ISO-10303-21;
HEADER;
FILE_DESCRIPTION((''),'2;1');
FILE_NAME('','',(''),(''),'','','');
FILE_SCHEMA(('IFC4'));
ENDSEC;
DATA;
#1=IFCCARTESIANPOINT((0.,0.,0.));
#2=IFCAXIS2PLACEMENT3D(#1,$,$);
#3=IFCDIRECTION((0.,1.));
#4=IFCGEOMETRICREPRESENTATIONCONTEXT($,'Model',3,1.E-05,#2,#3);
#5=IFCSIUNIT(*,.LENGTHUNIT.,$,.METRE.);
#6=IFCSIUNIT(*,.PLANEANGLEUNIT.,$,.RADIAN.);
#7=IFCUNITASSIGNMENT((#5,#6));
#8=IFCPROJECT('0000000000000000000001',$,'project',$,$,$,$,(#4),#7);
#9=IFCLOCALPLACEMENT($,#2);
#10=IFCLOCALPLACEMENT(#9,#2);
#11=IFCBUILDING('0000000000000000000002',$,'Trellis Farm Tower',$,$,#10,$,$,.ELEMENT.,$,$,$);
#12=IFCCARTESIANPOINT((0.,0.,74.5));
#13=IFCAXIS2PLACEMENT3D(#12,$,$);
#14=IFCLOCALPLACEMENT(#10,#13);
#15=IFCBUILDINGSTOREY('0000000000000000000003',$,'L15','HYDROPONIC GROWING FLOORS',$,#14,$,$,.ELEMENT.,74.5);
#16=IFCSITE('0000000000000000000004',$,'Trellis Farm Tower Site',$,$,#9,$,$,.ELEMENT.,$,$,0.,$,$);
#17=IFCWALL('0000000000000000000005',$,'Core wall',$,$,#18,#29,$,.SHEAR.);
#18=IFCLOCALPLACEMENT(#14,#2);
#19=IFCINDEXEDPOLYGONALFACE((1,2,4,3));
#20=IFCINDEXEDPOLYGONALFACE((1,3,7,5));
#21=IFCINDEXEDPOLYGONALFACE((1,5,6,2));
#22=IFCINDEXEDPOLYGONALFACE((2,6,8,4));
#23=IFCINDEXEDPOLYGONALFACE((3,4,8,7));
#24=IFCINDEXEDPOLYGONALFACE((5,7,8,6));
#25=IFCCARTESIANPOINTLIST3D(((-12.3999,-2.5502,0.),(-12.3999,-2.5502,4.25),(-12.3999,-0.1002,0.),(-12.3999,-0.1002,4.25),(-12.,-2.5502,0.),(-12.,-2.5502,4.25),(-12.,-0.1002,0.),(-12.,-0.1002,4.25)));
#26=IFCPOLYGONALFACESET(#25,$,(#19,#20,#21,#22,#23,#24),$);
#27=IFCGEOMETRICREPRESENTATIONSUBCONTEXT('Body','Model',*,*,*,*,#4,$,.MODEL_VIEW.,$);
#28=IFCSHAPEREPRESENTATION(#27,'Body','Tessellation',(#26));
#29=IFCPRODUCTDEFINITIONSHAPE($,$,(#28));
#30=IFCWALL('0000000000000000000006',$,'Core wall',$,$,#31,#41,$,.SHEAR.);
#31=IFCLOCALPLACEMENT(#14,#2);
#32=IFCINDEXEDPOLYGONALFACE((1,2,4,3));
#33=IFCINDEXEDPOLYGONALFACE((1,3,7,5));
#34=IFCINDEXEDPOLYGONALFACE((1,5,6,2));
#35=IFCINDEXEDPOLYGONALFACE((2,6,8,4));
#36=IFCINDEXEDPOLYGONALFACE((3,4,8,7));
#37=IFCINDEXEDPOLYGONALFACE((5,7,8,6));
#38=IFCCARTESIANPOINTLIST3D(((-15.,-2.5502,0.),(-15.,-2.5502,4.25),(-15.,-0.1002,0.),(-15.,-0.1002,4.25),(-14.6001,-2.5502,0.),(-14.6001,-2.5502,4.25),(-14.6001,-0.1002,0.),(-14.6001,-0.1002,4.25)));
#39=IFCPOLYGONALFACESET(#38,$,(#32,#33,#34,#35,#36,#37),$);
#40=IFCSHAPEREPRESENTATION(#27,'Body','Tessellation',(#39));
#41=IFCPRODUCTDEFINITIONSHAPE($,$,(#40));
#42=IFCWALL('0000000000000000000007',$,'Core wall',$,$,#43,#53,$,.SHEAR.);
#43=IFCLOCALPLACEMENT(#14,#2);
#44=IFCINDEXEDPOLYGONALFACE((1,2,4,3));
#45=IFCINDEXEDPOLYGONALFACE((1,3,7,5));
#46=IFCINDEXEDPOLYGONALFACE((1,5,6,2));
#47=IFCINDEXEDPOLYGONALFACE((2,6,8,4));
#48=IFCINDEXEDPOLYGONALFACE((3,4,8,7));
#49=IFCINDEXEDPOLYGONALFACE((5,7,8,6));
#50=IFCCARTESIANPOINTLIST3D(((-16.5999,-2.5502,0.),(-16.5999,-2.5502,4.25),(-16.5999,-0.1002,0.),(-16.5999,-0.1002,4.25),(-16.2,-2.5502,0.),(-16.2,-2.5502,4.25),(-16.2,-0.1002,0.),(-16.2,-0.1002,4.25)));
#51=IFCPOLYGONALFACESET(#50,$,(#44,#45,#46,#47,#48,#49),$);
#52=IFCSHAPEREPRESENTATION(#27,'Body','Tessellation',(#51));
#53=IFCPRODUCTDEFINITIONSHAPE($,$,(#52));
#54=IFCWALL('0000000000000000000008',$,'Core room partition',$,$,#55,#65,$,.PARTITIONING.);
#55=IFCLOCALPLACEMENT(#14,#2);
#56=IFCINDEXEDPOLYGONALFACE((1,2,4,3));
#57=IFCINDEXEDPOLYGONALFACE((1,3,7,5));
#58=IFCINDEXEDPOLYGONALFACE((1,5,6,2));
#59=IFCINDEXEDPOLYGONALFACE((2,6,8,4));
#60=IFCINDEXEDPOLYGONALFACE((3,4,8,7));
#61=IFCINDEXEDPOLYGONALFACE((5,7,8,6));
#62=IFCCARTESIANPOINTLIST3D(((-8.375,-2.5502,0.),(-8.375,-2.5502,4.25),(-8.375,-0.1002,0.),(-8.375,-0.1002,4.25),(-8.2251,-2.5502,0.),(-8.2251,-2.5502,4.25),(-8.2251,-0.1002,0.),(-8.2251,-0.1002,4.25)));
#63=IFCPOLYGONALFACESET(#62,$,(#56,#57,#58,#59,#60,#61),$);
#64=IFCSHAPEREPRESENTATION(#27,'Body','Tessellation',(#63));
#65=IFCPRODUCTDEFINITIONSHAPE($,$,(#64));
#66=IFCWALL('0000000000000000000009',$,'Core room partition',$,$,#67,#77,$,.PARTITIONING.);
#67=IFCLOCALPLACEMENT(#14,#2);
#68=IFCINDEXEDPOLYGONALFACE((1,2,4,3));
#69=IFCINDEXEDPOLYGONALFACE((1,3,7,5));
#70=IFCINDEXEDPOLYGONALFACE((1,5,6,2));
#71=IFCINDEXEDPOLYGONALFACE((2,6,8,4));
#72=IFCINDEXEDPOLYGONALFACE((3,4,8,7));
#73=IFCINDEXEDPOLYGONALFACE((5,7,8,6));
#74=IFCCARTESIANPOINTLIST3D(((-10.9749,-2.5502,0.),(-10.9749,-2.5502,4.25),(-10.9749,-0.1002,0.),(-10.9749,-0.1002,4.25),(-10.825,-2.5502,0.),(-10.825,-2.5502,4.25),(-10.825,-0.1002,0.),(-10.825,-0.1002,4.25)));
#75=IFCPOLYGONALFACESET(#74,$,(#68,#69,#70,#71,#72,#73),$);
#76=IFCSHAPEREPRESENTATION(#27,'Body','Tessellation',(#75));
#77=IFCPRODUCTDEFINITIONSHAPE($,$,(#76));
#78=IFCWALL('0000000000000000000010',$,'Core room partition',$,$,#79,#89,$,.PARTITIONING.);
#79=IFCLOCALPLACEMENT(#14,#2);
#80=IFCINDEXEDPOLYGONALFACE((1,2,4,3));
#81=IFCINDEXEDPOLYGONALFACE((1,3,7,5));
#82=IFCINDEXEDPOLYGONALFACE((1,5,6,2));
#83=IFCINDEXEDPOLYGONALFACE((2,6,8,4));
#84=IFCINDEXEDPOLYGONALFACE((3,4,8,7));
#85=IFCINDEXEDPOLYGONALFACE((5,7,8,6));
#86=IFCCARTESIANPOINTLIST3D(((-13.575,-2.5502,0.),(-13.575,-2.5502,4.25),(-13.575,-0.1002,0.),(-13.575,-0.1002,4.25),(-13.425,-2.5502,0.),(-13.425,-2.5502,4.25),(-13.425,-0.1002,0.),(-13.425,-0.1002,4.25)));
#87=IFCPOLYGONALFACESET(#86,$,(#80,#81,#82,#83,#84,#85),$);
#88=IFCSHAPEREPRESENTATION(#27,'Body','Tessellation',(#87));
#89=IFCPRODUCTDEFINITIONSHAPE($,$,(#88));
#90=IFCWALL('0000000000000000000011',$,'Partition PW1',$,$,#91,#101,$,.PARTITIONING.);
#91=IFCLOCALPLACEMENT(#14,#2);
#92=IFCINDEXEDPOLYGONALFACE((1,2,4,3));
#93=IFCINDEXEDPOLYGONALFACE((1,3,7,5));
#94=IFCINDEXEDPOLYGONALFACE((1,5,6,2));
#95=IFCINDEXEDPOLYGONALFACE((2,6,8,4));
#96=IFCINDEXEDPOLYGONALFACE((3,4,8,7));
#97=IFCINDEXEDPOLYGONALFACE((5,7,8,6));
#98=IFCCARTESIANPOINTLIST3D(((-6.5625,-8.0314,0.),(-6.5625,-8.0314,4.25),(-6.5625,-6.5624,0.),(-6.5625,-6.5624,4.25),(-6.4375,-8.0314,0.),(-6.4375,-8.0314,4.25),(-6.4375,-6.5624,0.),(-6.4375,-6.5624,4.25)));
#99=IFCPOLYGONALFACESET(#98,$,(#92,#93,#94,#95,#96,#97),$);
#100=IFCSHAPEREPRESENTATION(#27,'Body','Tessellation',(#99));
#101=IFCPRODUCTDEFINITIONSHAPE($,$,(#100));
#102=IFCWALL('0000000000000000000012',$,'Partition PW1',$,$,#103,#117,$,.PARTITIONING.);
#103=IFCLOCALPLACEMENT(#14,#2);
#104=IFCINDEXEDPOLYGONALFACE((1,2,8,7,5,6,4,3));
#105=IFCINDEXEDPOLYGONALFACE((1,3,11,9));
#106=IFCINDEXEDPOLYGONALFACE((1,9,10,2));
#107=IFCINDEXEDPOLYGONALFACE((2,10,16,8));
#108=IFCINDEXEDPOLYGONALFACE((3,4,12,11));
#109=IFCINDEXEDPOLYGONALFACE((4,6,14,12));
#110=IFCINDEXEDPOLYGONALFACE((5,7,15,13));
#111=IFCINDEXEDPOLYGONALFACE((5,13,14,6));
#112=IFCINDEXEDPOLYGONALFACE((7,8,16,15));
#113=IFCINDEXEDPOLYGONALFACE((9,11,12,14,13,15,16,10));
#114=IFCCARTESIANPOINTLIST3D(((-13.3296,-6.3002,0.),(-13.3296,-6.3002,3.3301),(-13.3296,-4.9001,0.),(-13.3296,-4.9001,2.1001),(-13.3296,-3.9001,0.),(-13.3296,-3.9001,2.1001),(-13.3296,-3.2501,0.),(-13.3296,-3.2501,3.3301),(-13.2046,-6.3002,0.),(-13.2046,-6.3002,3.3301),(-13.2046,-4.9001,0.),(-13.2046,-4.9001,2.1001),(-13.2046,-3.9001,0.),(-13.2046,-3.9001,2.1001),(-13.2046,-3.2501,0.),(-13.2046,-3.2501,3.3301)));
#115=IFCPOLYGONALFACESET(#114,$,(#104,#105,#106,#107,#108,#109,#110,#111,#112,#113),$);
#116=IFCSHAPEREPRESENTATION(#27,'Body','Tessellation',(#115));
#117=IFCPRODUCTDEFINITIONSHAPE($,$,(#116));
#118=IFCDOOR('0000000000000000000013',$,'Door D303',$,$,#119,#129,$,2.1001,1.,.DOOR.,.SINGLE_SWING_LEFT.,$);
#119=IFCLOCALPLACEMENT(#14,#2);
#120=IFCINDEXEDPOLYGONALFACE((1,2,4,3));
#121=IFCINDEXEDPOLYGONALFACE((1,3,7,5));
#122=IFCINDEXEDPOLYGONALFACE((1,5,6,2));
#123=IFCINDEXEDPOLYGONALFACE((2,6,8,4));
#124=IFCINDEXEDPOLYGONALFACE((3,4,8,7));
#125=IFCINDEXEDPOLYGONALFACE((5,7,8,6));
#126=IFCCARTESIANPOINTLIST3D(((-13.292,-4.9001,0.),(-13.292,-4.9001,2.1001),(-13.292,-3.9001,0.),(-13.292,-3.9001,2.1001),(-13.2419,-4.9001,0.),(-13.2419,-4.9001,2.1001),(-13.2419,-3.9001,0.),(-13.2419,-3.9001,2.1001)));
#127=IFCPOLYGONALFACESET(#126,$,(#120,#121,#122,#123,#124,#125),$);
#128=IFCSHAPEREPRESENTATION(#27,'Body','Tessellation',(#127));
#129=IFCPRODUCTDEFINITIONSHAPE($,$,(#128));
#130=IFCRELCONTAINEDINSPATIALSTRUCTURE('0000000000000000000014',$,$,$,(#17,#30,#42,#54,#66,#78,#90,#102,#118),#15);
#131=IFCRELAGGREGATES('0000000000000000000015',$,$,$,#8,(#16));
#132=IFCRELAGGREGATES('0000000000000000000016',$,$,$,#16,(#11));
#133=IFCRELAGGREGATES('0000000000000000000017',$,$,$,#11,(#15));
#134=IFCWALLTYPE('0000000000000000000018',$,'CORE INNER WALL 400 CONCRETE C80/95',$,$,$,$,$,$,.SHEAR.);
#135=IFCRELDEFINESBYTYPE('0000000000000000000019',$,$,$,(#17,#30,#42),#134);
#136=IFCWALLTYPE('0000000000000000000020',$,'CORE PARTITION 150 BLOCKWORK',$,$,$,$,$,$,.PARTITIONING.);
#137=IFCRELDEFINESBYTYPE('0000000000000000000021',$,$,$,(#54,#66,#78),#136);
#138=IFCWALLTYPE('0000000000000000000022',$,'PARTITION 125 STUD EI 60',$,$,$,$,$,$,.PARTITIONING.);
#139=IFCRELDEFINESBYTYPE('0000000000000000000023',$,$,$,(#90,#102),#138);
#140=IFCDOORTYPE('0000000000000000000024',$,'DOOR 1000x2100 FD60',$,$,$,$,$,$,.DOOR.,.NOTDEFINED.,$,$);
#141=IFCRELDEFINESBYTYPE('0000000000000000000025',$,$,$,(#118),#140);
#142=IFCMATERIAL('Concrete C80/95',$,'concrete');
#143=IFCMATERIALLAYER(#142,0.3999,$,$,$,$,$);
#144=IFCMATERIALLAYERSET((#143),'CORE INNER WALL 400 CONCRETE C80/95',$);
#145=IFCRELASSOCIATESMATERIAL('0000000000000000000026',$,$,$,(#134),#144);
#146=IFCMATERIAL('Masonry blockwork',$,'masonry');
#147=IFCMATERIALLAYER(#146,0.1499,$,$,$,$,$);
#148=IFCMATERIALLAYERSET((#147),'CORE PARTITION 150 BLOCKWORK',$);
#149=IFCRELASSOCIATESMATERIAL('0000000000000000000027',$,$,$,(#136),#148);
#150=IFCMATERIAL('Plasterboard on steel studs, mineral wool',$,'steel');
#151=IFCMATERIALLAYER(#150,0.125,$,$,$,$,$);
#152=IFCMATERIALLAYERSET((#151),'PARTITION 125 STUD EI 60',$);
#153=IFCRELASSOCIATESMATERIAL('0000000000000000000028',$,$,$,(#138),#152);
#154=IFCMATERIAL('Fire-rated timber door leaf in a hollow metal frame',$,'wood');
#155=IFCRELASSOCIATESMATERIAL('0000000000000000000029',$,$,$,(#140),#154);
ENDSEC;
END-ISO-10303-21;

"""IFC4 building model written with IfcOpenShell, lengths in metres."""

from ifc_helpers import new_model, si_unit, direction, frame, frame_2d, origin, place, context, subcontext, project, spatial, rectangle, extrude, source, transform, mapped, material, layer, layer_set, type_object, element, fill, save


model = new_model("IFC4")

# Units and contexts
model_context = context("Model", 3, precision=1e-05, world=origin(), true_north=direction((0.0, 1.0)))
body_context = subcontext(model_context, "Body", "Model", "MODEL_VIEW")
ifc_project = project(units=[si_unit("LENGTHUNIT", "METRE"), si_unit("PLANEANGLEUNIT", "RADIAN")], contexts=[model_context])

# Site, building, storey
site_placement = place(None, origin())
site = spatial("IfcSite", under=ifc_project, at=site_placement, Name="Trellis Farm Tower Site", CompositionType="ELEMENT", RefElevation=0.0)
building_placement = place(site_placement, origin())
building = spatial("IfcBuilding", under=site, at=building_placement, Name="Trellis Farm Tower", CompositionType="ELEMENT")
storey_placement = place(building_placement, frame((0.0, 0.0, 74.5)))
storey = spatial("IfcBuildingStorey", under=building, at=storey_placement, Name="L15", Description="HYDROPONIC GROWING FLOORS", CompositionType="ELEMENT", Elevation=74.5)

# Shared definitions
ifc_material_1 = material(Name="Concrete C80/95", Category="concrete")

# Walls
ifc_layer_1 = layer(ifc_material_1, 0.3999)
ifc_layer_set_1 = layer_set([ifc_layer_1], Name="CORE INNER WALL 400 CONCRETE C80/95")
wall_type_1 = type_object("IfcWallType", Name="CORE INNER WALL 400 CONCRETE C80/95", PredefinedType="SHEAR", material=ifc_layer_set_1)
shared_shape_1 = source(origin(), body_context, "Body", "SweptSolid", [
    extrude(rectangle(XDim=2.45, YDim=0.3999, at=frame_2d((1.2251, 0.0))), origin(), (0.0, 0.0, 1.0), 4.25),
])
for number, where, z_axis, x_axis, name in (
    (1, (-12.2, -0.1001, 0.0), (0.0, 0.0, 1.0), (0.0, -1.0, 0.0), "Core wall"),
    (2, (-14.8, -0.1001, 0.0), (0.0, 0.0, 1.0), (0.0, -1.0, 0.0), "Core wall"),
    (3, (-16.3999, -0.1001, 0.0), (0.0, 0.0, 1.0), (0.0, -1.0, 0.0), "Core wall"),
):
    element("IfcWall", number, at=place(storey_placement, frame(where, z_axis=z_axis, x_axis=x_axis)), inside=storey, type_object=wall_type_1, Name=name, PredefinedType="SHEAR", context=body_context, shape_type="MappedRepresentation", body=[
        mapped(shared_shape_1, transform((0.0, 0.0, 0.0))),
    ])

# Walls
ifc_material_2 = material(Name="Masonry blockwork", Category="masonry")
ifc_layer_2 = layer(ifc_material_2, 0.1499)
ifc_layer_set_2 = layer_set([ifc_layer_2], Name="CORE PARTITION 150 BLOCKWORK")
wall_type_2 = type_object("IfcWallType", Name="CORE PARTITION 150 BLOCKWORK", PredefinedType="PARTITIONING", material=ifc_layer_set_2)
shared_shape_2 = source(origin(), body_context, "Body", "SweptSolid", [
    extrude(rectangle(XDim=2.45, YDim=0.1499, at=frame_2d((1.2251, 0.0))), origin(), (0.0, 0.0, 1.0), 4.25),
])
for number, where, z_axis, x_axis, name in (
    (4, (-8.3, -0.1001, 0.0), (0.0, 0.0, 1.0), (0.0, -1.0, 0.0), "Core room partition"),
    (5, (-10.8999, -0.1001, 0.0), (0.0, 0.0, 1.0), (0.0, -1.0, 0.0), "Core room partition"),
    (6, (-13.5, -0.1001, 0.0), (0.0, 0.0, 1.0), (0.0, -1.0, 0.0), "Core room partition"),
):
    element("IfcWall", number, at=place(storey_placement, frame(where, z_axis=z_axis, x_axis=x_axis)), inside=storey, type_object=wall_type_2, Name=name, PredefinedType="PARTITIONING", context=body_context, shape_type="MappedRepresentation", body=[
        mapped(shared_shape_2, transform((0.0, 0.0, 0.0))),
    ])
ifc_material_3 = material(Name="Plasterboard on steel studs, mineral wool", Category="steel")
ifc_layer_3 = layer(ifc_material_3, 0.125)
ifc_layer_set_3 = layer_set([ifc_layer_3], Name="PARTITION 125 STUD EI 60")
wall_type_3 = type_object("IfcWallType", Name="PARTITION 125 STUD EI 60", PredefinedType="PARTITIONING", material=ifc_layer_set_3)
shared_shape_3 = source(origin(), body_context, "Body", "SweptSolid", [
    extrude(rectangle(XDim=1.469, YDim=0.125, at=frame_2d((0.7344, 0.0))), origin(), (0.0, 0.0, 1.0), 4.25),
])
wall_1_placement = place(storey_placement, frame((-6.5, -6.5625, 0.0), z_axis=(0.0, 0.0, 1.0), x_axis=(0.0, -1.0, 0.0)))
element("IfcWall", 7, at=wall_1_placement, inside=storey, type_object=wall_type_3, Name="Partition PW1", PredefinedType="PARTITIONING", context=body_context, shape_type="MappedRepresentation", body=[
    mapped(shared_shape_3, transform((0.0, 0.0, 0.0))),
])

# Wall, opening, door
shared_shape_4 = source(origin(), body_context, "Body", "SweptSolid", [
    extrude(rectangle(XDim=3.05, YDim=0.125, at=frame_2d((1.5249, 0.0))), origin(), (0.0, 0.0, 1.0), 3.3301),
])
wall_2_placement = place(storey_placement, frame((-13.2671, -6.3, 0.0), z_axis=(0.0, 0.0, 1.0), x_axis=(0.0, 1.0, 0.0)))
wall_2 = element("IfcWall", 8, at=wall_2_placement, inside=storey, type_object=wall_type_3, Name="Partition PW1", PredefinedType="PARTITIONING", context=body_context, shape_type="MappedRepresentation", body=[
    mapped(shared_shape_4, transform((0.0, 0.0, 0.0))),
])
shared_shape_5 = source(origin(), body_context, "Body", "SweptSolid", [
    extrude(rectangle(XDim=1.0, YDim=2.1001, at=frame_2d((0.5, 1.05))), frame((0.0, 0.0725, 0.0), z_axis=(0.0, -1.0, 0.0), x_axis=(1.0, 0.0, 0.0)), (0.0, 0.0, 1.0), 0.145),
])
opening_1_placement = place(wall_2_placement, frame((1.3999, 0.0, 0.0)))
opening_1 = element("IfcOpeningElement", 9, at=opening_1_placement, cuts=wall_2, PredefinedType="OPENING", context=body_context, shape_type="MappedRepresentation", body=[
    mapped(shared_shape_5, transform((0.0, 0.0, 0.0))),
])
ifc_material_4 = material(Name="Fire-rated timber door leaf in a hollow metal frame", Category="wood")
door_type_1 = type_object("IfcDoorType", Name="DOOR 1000x2100 FD60", OperationType="NOTDEFINED", PredefinedType="DOOR", material=ifc_material_4)
shared_shape_6 = source(origin(), body_context, "Body", "SweptSolid", [
    extrude(rectangle(XDim=1.0, YDim=2.1001, at=frame_2d((0.5, 1.05))), frame((0.0, 0.0249, 0.0), z_axis=(0.0, -1.0, 0.0), x_axis=(1.0, 0.0, 0.0)), (0.0, 0.0, 1.0), 0.05),
])
door_1_placement = place(opening_1_placement, origin())
door_1 = element("IfcDoor", 10, at=door_1_placement, inside=storey, type_object=door_type_1, Name="Door D303", OperationType="SINGLE_SWING_LEFT", OverallHeight=2.1001, OverallWidth=1.0, PredefinedType="DOOR", context=body_context, shape_type="MappedRepresentation", body=[
    mapped(shared_shape_6, transform((0.0, 0.0, 0.0))),
])
fill(opening_1, door_1)

save(model, "model.ifc")
